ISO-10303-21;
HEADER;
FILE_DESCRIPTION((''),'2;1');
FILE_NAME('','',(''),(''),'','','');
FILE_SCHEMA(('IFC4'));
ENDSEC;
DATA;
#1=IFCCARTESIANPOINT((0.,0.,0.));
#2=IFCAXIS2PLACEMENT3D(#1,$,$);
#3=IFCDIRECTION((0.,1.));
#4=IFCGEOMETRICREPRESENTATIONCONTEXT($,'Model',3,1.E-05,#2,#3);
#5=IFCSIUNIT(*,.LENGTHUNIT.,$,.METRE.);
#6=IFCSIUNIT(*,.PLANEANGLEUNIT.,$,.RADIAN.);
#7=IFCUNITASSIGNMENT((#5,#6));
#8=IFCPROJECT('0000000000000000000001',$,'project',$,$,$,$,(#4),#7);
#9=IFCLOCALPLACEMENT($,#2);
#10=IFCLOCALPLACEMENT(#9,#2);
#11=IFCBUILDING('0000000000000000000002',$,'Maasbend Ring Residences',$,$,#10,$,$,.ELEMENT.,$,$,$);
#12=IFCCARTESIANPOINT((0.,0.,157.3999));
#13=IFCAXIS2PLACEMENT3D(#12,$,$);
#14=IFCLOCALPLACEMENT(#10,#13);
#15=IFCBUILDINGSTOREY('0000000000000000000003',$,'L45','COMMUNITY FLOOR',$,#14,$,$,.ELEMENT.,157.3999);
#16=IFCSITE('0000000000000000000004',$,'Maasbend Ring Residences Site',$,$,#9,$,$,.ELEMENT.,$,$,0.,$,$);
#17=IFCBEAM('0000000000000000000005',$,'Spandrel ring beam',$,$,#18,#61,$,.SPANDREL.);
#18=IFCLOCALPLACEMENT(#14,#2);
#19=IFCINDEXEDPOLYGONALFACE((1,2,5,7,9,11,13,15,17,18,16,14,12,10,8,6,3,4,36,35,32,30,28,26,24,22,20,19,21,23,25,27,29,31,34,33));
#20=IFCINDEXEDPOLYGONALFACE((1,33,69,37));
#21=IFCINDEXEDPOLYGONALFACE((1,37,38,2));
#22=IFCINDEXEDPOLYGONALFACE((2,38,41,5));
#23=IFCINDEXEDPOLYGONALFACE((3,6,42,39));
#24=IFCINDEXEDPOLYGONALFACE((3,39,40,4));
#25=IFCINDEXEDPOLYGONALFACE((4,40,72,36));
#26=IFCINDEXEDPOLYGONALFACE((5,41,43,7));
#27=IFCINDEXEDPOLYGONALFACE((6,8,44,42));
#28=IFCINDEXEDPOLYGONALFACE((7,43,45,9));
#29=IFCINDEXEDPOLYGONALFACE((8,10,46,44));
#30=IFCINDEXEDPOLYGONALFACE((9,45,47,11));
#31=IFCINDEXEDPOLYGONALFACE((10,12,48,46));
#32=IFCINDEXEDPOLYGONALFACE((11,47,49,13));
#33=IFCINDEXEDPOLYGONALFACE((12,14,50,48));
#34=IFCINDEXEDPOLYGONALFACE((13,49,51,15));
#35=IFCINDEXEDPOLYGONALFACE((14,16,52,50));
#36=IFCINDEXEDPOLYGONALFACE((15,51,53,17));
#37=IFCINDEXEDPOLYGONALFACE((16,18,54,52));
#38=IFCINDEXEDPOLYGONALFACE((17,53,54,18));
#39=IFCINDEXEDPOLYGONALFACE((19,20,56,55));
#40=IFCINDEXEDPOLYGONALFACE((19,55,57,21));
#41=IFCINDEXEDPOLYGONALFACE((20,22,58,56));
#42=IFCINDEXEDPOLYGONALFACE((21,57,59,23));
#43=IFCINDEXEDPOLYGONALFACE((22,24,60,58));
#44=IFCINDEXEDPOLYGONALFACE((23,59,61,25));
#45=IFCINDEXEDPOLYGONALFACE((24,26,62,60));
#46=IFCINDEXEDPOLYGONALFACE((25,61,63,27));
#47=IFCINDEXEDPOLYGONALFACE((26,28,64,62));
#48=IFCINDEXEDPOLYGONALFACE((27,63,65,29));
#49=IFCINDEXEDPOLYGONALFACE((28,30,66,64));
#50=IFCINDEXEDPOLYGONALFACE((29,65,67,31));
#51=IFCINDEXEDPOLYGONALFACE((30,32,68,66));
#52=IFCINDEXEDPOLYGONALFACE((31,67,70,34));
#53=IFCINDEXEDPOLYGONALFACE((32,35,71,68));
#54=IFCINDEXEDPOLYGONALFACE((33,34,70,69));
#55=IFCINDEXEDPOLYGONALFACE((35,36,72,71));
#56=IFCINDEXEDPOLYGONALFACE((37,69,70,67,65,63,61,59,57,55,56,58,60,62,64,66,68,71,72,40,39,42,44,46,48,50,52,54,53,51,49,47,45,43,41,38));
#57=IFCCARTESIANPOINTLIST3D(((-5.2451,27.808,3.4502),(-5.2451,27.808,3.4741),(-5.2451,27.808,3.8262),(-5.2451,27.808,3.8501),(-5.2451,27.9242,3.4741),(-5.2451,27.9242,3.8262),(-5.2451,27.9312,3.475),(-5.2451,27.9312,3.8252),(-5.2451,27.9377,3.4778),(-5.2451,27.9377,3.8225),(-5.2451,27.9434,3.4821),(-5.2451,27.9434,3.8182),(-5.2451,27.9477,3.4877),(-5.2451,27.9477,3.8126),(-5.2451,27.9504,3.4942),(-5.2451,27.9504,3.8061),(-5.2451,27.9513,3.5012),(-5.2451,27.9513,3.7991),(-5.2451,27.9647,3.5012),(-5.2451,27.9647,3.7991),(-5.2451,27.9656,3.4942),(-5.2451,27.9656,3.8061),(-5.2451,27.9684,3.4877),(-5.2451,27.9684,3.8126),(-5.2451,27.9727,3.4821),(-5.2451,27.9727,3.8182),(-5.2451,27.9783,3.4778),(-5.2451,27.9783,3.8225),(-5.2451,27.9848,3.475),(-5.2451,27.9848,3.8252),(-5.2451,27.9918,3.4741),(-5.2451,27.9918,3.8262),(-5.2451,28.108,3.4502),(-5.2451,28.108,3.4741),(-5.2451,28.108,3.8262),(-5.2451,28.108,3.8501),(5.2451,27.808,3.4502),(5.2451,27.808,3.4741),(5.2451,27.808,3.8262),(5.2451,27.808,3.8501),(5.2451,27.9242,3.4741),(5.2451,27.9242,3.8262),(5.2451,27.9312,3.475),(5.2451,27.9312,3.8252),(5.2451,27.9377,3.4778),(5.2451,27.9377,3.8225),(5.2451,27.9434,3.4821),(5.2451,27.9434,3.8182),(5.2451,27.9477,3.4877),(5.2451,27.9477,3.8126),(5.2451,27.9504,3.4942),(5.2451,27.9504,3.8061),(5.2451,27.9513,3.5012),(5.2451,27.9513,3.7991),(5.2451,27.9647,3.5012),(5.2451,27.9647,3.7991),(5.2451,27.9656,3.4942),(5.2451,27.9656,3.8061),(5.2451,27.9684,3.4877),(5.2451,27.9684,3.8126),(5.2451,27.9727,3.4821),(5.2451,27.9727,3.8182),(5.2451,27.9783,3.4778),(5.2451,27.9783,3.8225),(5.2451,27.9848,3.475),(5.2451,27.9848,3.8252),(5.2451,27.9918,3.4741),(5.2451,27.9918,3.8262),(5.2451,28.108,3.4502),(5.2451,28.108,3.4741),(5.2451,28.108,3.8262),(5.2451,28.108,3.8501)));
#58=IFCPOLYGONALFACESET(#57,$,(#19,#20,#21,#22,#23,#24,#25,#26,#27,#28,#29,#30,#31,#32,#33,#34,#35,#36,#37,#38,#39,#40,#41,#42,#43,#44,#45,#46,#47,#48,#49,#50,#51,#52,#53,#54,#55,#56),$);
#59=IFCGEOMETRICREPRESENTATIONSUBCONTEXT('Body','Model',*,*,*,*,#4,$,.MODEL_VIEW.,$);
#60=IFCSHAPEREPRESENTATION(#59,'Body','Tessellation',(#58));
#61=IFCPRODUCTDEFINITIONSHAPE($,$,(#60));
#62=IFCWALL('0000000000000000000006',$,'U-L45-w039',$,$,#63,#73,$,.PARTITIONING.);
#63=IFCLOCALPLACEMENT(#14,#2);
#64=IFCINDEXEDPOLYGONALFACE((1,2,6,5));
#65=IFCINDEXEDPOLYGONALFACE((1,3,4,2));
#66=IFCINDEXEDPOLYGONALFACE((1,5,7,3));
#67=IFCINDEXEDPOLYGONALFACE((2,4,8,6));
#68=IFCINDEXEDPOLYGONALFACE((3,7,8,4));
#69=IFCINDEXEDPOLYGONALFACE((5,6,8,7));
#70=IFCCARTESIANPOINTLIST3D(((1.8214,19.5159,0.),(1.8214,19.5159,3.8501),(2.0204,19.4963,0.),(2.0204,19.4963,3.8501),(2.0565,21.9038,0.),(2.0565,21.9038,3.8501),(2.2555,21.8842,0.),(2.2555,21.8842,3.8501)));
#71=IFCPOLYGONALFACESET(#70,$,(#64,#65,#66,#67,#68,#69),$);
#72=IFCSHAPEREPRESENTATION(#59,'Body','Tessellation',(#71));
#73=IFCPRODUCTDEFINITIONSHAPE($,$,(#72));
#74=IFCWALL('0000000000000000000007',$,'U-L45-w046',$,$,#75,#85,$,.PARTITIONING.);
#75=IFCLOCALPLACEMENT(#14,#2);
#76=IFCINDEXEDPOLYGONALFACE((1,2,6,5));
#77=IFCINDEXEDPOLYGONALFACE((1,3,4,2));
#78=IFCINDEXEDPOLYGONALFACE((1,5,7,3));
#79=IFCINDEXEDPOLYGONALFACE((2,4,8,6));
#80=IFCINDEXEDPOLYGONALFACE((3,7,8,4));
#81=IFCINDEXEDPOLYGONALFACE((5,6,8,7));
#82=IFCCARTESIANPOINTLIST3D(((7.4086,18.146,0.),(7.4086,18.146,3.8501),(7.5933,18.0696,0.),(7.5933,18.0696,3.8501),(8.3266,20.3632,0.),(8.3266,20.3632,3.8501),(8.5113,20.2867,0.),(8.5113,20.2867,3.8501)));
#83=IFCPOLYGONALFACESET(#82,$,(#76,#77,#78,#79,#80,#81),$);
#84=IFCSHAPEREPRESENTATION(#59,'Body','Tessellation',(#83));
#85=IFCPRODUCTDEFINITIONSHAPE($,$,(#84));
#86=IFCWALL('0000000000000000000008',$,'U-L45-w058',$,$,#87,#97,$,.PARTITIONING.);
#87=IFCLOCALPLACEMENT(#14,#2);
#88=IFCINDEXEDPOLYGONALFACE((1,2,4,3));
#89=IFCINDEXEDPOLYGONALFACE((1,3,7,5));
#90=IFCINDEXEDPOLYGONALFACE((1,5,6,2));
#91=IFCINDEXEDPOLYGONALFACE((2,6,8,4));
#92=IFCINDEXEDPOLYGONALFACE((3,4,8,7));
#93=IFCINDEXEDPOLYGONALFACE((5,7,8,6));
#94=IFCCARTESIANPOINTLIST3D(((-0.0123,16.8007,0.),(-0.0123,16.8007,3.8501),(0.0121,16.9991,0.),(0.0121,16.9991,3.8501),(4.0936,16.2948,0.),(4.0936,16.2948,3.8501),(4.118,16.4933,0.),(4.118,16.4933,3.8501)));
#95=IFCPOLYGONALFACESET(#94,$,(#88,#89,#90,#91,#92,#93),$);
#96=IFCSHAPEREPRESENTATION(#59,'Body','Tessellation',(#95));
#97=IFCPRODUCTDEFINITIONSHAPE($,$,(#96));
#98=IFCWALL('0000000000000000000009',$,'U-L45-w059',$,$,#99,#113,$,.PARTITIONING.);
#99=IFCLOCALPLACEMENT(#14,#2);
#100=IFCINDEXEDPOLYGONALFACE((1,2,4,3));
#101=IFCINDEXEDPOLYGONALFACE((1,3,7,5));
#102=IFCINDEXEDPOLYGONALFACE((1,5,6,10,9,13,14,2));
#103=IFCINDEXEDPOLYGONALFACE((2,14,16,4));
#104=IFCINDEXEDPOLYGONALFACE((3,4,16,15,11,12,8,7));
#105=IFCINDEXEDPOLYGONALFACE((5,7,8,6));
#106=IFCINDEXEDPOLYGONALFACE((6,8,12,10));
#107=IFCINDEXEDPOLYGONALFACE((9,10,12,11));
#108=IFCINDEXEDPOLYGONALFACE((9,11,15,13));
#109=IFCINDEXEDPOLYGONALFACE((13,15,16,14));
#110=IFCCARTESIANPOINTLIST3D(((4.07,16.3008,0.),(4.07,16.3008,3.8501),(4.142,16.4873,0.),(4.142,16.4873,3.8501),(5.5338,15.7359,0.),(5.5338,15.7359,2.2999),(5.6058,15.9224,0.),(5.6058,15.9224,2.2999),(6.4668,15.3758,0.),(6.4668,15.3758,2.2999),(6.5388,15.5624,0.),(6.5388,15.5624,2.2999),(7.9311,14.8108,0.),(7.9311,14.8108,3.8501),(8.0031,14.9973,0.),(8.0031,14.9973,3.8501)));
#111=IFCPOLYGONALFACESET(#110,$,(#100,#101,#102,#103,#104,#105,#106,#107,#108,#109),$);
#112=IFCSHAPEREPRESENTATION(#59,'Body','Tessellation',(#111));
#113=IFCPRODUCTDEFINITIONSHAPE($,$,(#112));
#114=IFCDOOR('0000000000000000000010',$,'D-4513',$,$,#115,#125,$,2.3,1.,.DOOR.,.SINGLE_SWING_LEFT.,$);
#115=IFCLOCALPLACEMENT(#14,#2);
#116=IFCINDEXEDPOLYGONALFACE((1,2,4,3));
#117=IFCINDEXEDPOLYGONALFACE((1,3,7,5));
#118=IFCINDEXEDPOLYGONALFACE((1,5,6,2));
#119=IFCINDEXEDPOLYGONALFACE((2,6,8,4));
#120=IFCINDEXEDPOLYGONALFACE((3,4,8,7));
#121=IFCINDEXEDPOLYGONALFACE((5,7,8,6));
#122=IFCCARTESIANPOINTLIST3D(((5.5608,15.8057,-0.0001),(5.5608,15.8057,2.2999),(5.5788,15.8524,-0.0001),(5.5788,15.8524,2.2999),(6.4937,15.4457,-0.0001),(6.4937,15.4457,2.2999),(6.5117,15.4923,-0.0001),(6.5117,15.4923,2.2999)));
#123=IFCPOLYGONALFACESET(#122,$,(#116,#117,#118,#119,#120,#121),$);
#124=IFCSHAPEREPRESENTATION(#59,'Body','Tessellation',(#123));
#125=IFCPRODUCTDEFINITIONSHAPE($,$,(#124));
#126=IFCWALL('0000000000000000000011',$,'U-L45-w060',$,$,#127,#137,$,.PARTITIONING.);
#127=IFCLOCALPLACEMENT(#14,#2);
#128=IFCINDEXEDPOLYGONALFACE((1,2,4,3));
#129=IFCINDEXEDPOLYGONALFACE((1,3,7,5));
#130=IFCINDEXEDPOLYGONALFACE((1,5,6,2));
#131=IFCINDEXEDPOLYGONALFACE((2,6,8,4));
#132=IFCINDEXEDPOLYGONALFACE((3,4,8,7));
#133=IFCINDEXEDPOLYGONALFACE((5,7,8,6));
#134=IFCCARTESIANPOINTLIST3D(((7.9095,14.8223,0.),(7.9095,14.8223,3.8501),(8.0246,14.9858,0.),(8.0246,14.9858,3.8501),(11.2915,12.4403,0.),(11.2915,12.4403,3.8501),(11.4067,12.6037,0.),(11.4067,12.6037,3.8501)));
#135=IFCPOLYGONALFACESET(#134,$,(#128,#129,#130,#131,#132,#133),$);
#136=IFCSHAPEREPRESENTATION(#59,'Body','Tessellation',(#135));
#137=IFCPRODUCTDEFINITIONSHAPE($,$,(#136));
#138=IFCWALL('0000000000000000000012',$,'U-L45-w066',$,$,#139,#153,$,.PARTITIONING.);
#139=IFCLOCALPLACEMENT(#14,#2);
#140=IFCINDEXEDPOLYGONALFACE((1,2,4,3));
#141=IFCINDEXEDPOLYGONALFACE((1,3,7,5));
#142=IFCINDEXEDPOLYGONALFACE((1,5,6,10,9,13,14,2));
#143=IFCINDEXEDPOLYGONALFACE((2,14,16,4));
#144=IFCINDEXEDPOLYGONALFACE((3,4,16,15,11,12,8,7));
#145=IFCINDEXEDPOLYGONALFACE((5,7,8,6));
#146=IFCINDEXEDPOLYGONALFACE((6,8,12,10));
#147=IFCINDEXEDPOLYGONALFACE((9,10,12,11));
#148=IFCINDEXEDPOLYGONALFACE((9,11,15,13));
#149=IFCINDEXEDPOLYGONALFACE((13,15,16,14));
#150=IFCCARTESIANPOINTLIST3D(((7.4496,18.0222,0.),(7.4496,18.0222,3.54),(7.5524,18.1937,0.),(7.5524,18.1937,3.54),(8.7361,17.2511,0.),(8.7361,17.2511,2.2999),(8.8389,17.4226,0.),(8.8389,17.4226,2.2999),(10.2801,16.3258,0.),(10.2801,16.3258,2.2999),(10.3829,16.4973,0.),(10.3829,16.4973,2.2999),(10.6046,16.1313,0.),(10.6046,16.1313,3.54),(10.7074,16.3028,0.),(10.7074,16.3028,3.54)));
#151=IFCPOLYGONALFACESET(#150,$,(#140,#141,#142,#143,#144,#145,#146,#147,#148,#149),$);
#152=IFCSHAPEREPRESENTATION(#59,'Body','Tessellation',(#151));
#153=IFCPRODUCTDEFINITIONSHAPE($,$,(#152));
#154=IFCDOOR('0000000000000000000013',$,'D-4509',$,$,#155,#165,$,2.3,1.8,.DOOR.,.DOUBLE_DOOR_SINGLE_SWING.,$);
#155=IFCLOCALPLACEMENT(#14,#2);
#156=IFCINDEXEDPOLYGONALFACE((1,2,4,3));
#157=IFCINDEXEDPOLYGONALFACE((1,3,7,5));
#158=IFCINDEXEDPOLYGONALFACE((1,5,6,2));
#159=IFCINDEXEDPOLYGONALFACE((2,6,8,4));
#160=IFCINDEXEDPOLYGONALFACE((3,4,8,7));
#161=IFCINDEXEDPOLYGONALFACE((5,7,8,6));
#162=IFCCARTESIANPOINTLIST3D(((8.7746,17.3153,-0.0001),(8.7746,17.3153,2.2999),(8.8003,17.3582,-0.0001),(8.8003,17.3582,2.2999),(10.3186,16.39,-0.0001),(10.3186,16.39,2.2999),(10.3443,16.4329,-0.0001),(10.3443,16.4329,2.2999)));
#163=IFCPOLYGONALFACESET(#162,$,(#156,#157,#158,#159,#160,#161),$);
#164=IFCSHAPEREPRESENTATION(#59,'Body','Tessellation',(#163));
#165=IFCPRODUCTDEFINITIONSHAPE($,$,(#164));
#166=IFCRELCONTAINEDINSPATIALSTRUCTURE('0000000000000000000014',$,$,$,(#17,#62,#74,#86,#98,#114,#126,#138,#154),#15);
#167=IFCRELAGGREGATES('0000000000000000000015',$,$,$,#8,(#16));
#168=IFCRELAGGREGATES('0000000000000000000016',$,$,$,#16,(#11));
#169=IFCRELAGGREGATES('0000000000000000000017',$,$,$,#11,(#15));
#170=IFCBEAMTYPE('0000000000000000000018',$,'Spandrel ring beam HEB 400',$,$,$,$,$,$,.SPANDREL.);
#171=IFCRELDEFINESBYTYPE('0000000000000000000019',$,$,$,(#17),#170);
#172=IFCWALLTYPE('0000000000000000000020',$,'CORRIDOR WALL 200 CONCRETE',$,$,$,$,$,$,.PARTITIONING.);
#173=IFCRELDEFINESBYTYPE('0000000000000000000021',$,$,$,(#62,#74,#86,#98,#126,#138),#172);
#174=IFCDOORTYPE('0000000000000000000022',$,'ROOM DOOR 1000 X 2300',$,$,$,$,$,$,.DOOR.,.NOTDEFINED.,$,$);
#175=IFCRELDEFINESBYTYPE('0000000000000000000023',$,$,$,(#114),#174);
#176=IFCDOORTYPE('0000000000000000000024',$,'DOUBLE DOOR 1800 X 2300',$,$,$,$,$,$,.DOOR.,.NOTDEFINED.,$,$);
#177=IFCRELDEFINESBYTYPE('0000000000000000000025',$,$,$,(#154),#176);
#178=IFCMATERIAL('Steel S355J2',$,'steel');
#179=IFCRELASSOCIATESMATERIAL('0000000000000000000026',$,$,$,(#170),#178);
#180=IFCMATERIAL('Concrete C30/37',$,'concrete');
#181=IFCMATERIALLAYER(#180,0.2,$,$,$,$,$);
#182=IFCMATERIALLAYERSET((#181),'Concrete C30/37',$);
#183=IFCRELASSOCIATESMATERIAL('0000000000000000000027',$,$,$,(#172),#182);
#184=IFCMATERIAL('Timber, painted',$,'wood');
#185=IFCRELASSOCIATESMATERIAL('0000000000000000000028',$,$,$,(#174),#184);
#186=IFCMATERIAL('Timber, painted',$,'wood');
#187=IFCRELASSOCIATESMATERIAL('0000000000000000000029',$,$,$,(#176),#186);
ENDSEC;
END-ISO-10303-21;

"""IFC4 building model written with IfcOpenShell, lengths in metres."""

from ifc_helpers import new_model, si_unit, direction, frame, frame_2d, origin, origin_2d, place, context, subcontext, project, spatial, rectangle, i_section, extrude, material, layer, layer_set, material_profile, profile_set, type_object, element, fill, save


model = new_model("IFC4")

# Units and contexts
model_context = context("Model", 3, precision=1e-05, world=origin(), true_north=direction((0.0, 1.0)))
body_context = subcontext(model_context, "Body", "Model", "MODEL_VIEW")
ifc_project = project(units=[si_unit("LENGTHUNIT", "METRE"), si_unit("PLANEANGLEUNIT", "RADIAN")], contexts=[model_context])

# Site, building, storey
site_placement = place(None, origin())
site = spatial("IfcSite", under=ifc_project, at=site_placement, Name="Maasbend Ring Residences Site", CompositionType="ELEMENT", RefElevation=0.0)
building_placement = place(site_placement, origin())
building = spatial("IfcBuilding", under=site, at=building_placement, Name="Maasbend Ring Residences", CompositionType="ELEMENT")
storey_placement = place(building_placement, frame((0.0, 0.0, 157.3999)))
storey = spatial("IfcBuildingStorey", under=building, at=storey_placement, Name="L45", Description="COMMUNITY FLOOR", CompositionType="ELEMENT", Elevation=157.3999)

# Beam
ifc_material_1 = material(Name="Steel S355J2", Category="steel")
ifc_material_profile_1 = material_profile(ifc_material_1, i_section(OverallWidth=0.3, OverallDepth=0.3999, WebThickness=0.0134, FlangeThickness=0.0239, FilletRadius=0.0271, at=origin_2d()), Name="HEB 400")
ifc_profile_set_1 = profile_set([ifc_material_profile_1], Name="Steel S355J2")
beam_type_1 = type_object("IfcBeamType", Name="Spandrel ring beam HEB 400", PredefinedType="SPANDREL", material=ifc_profile_set_1)
beam_1_placement = place(storey_placement, frame((5.2451, 27.958, 3.6501), z_axis=(-1.0, 0.0, 0.0), x_axis=(0.0, -1.0, 0.0)))
element("IfcBeam", 1, at=beam_1_placement, inside=storey, type_object=beam_type_1, Name="Spandrel ring beam", PredefinedType="SPANDREL", context=body_context, shape_type="SweptSolid", body=[
    extrude(i_section(OverallWidth=0.3, OverallDepth=0.3999, WebThickness=0.0134, FlangeThickness=0.0239, FilletRadius=0.0271, at=origin_2d()), origin(), (0.0, 0.0, 1.0), 10.4902),
])

# Walls
ifc_material_2 = material(Name="Concrete C30/37", Category="concrete")
ifc_layer_1 = layer(ifc_material_2, 0.2)
ifc_layer_set_1 = layer_set([ifc_layer_1], Name="Concrete C30/37")
wall_type_1 = type_object("IfcWallType", Name="CORRIDOR WALL 200 CONCRETE", PredefinedType="PARTITIONING", material=ifc_layer_set_1)
wall_1_placement = place(storey_placement, frame((1.9209, 19.5061, 0.0), z_axis=(0.0, 0.0, 1.0), x_axis=(0.097982, 0.995188, 0.0)))
element("IfcWall", 2, at=wall_1_placement, inside=storey, type_object=wall_type_1, Name="U-L45-w039", PredefinedType="PARTITIONING", context=body_context, shape_type="SweptSolid", body=[
    extrude(rectangle(XDim=2.3994, YDim=0.2, at=frame_2d((1.1997, 0.0))), origin(), (0.0, 0.0, 1.0), 3.8501),
])
wall_2_placement = place(storey_placement, frame((7.501, 18.1079, 0.0), z_axis=(0.0, 0.0, 1.0), x_axis=(0.382555, 0.923933, 0.0)))
element("IfcWall", 3, at=wall_2_placement, inside=storey, type_object=wall_type_1, Name="U-L45-w046", PredefinedType="PARTITIONING", context=body_context, shape_type="SweptSolid", body=[
    extrude(rectangle(XDim=2.3997, YDim=0.2, at=frame_2d((1.1997, 0.0))), origin(), (0.0, 0.0, 1.0), 3.8501),
])
wall_3_placement = place(storey_placement, frame((0.0, 16.8999, 0.0), z_axis=(0.0, 0.0, 1.0), x_axis=(0.992496, -0.122277, 0.0)))
element("IfcWall", 4, at=wall_3_placement, inside=storey, type_object=wall_type_1, Name="U-L45-w058", PredefinedType="PARTITIONING", context=body_context, shape_type="SweptSolid", body=[
    extrude(rectangle(XDim=4.137, YDim=0.2, at=frame_2d((2.0684, 0.0))), origin(), (0.0, 0.0, 1.0), 3.8501),
])

# Wall, opening, door
wall_4_placement = place(storey_placement, frame((4.106, 16.394, 0.0), z_axis=(0.0, 0.0, 1.0), x_axis=(0.932944, -0.360022, 0.0)))
wall_4 = element("IfcWall", 5, at=wall_4_placement, inside=storey, type_object=wall_type_1, Name="U-L45-w059", PredefinedType="PARTITIONING", context=body_context, shape_type="SweptSolid", body=[
    extrude(rectangle(XDim=4.1387, YDim=0.2, at=frame_2d((2.0693, 0.0))), origin(), (0.0, 0.0, 1.0), 3.8501),
])
opening_1_placement = place(wall_4_placement, frame((1.5691, 0.0, 0.0)))
opening_1 = element("IfcOpeningElement", 6, at=opening_1_placement, cuts=wall_4, PredefinedType="OPENING", context=body_context, shape_type="SweptSolid", body=[
    extrude(rectangle(XDim=1.0, YDim=2.3, at=frame_2d((0.5, 1.1499))), frame((0.0, 0.1099, 0.0), z_axis=(0.0, -1.0, 0.0), x_axis=(1.0, 0.0, 0.0)), (0.0, 0.0, 1.0), 0.22),
])
ifc_material_3 = material(Name="Timber, painted", Category="wood")
door_type_1 = type_object("IfcDoorType", Name="ROOM DOOR 1000 X 2300", OperationType="NOTDEFINED", PredefinedType="DOOR", material=ifc_material_3)
door_1_placement = place(opening_1_placement, origin())
door_1 = element("IfcDoor", 7, at=door_1_placement, inside=storey, type_object=door_type_1, Name="D-4513", OperationType="SINGLE_SWING_LEFT", OverallHeight=2.3, OverallWidth=1.0, PredefinedType="DOOR", context=body_context, shape_type="SweptSolid", body=[
    extrude(rectangle(XDim=1.0, YDim=2.3, at=frame_2d((0.5, 1.1499))), frame((0.0, 0.0249, 0.0), z_axis=(0.0, -1.0, 0.0), x_axis=(1.0, 0.0, 0.0)), (0.0, 0.0, 1.0), 0.05),
])
fill(opening_1, door_1)

# Wall
wall_5_placement = place(storey_placement, frame((7.967, 14.9041, 0.0), z_axis=(0.0, 0.0, 1.0), x_axis=(0.817568, -0.575833, 0.0)))
element("IfcWall", 8, at=wall_5_placement, inside=storey, type_object=wall_type_1, Name="U-L45-w060", PredefinedType="PARTITIONING", context=body_context, shape_type="SweptSolid", body=[
    extrude(rectangle(XDim=4.1367, YDim=0.2, at=frame_2d((2.0684, 0.0))), origin(), (0.0, 0.0, 1.0), 3.8501),
])

# Wall, opening, door
wall_6_placement = place(storey_placement, frame((7.501, 18.1079, 0.0), z_axis=(0.0, 0.0, 1.0), x_axis=(0.857751, -0.514066, 0.0)))
wall_6 = element("IfcWall", 9, at=wall_6_placement, inside=storey, type_object=wall_type_1, Name="U-L45-w066", PredefinedType="PARTITIONING", context=body_context, shape_type="SweptSolid", body=[
    extrude(rectangle(XDim=3.6782, YDim=0.2, at=frame_2d((1.8391, 0.0))), origin(), (0.0, 0.0, 1.0), 3.54),
])
opening_2_placement = place(wall_6_placement, frame((1.5, 0.0, 0.0)))
opening_2 = element("IfcOpeningElement", 10, at=opening_2_placement, cuts=wall_6, PredefinedType="OPENING", context=body_context, shape_type="SweptSolid", body=[
    extrude(rectangle(XDim=1.8, YDim=2.3, at=frame_2d((0.8999, 1.1499))), frame((0.0, 0.1099, 0.0), z_axis=(0.0, -1.0, 0.0), x_axis=(1.0, 0.0, 0.0)), (0.0, 0.0, 1.0), 0.22),
])
ifc_material_4 = material(Name="Timber, painted", Category="wood")
door_type_2 = type_object("IfcDoorType", Name="DOUBLE DOOR 1800 X 2300", OperationType="NOTDEFINED", PredefinedType="DOOR", material=ifc_material_4)
door_2_placement = place(opening_2_placement, origin())
door_2 = element("IfcDoor", 11, at=door_2_placement, inside=storey, type_object=door_type_2, Name="D-4509", OperationType="DOUBLE_DOOR_SINGLE_SWING", OverallHeight=2.3, OverallWidth=1.8, PredefinedType="DOOR", context=body_context, shape_type="SweptSolid", body=[
    extrude(rectangle(XDim=1.8, YDim=2.3, at=frame_2d((0.8999, 1.1499))), frame((0.0, 0.0249, 0.0), z_axis=(0.0, -1.0, 0.0), x_axis=(1.0, 0.0, 0.0)), (0.0, 0.0, 1.0), 0.05),
])
fill(opening_2, door_2)

save(model, "model.ifc")
